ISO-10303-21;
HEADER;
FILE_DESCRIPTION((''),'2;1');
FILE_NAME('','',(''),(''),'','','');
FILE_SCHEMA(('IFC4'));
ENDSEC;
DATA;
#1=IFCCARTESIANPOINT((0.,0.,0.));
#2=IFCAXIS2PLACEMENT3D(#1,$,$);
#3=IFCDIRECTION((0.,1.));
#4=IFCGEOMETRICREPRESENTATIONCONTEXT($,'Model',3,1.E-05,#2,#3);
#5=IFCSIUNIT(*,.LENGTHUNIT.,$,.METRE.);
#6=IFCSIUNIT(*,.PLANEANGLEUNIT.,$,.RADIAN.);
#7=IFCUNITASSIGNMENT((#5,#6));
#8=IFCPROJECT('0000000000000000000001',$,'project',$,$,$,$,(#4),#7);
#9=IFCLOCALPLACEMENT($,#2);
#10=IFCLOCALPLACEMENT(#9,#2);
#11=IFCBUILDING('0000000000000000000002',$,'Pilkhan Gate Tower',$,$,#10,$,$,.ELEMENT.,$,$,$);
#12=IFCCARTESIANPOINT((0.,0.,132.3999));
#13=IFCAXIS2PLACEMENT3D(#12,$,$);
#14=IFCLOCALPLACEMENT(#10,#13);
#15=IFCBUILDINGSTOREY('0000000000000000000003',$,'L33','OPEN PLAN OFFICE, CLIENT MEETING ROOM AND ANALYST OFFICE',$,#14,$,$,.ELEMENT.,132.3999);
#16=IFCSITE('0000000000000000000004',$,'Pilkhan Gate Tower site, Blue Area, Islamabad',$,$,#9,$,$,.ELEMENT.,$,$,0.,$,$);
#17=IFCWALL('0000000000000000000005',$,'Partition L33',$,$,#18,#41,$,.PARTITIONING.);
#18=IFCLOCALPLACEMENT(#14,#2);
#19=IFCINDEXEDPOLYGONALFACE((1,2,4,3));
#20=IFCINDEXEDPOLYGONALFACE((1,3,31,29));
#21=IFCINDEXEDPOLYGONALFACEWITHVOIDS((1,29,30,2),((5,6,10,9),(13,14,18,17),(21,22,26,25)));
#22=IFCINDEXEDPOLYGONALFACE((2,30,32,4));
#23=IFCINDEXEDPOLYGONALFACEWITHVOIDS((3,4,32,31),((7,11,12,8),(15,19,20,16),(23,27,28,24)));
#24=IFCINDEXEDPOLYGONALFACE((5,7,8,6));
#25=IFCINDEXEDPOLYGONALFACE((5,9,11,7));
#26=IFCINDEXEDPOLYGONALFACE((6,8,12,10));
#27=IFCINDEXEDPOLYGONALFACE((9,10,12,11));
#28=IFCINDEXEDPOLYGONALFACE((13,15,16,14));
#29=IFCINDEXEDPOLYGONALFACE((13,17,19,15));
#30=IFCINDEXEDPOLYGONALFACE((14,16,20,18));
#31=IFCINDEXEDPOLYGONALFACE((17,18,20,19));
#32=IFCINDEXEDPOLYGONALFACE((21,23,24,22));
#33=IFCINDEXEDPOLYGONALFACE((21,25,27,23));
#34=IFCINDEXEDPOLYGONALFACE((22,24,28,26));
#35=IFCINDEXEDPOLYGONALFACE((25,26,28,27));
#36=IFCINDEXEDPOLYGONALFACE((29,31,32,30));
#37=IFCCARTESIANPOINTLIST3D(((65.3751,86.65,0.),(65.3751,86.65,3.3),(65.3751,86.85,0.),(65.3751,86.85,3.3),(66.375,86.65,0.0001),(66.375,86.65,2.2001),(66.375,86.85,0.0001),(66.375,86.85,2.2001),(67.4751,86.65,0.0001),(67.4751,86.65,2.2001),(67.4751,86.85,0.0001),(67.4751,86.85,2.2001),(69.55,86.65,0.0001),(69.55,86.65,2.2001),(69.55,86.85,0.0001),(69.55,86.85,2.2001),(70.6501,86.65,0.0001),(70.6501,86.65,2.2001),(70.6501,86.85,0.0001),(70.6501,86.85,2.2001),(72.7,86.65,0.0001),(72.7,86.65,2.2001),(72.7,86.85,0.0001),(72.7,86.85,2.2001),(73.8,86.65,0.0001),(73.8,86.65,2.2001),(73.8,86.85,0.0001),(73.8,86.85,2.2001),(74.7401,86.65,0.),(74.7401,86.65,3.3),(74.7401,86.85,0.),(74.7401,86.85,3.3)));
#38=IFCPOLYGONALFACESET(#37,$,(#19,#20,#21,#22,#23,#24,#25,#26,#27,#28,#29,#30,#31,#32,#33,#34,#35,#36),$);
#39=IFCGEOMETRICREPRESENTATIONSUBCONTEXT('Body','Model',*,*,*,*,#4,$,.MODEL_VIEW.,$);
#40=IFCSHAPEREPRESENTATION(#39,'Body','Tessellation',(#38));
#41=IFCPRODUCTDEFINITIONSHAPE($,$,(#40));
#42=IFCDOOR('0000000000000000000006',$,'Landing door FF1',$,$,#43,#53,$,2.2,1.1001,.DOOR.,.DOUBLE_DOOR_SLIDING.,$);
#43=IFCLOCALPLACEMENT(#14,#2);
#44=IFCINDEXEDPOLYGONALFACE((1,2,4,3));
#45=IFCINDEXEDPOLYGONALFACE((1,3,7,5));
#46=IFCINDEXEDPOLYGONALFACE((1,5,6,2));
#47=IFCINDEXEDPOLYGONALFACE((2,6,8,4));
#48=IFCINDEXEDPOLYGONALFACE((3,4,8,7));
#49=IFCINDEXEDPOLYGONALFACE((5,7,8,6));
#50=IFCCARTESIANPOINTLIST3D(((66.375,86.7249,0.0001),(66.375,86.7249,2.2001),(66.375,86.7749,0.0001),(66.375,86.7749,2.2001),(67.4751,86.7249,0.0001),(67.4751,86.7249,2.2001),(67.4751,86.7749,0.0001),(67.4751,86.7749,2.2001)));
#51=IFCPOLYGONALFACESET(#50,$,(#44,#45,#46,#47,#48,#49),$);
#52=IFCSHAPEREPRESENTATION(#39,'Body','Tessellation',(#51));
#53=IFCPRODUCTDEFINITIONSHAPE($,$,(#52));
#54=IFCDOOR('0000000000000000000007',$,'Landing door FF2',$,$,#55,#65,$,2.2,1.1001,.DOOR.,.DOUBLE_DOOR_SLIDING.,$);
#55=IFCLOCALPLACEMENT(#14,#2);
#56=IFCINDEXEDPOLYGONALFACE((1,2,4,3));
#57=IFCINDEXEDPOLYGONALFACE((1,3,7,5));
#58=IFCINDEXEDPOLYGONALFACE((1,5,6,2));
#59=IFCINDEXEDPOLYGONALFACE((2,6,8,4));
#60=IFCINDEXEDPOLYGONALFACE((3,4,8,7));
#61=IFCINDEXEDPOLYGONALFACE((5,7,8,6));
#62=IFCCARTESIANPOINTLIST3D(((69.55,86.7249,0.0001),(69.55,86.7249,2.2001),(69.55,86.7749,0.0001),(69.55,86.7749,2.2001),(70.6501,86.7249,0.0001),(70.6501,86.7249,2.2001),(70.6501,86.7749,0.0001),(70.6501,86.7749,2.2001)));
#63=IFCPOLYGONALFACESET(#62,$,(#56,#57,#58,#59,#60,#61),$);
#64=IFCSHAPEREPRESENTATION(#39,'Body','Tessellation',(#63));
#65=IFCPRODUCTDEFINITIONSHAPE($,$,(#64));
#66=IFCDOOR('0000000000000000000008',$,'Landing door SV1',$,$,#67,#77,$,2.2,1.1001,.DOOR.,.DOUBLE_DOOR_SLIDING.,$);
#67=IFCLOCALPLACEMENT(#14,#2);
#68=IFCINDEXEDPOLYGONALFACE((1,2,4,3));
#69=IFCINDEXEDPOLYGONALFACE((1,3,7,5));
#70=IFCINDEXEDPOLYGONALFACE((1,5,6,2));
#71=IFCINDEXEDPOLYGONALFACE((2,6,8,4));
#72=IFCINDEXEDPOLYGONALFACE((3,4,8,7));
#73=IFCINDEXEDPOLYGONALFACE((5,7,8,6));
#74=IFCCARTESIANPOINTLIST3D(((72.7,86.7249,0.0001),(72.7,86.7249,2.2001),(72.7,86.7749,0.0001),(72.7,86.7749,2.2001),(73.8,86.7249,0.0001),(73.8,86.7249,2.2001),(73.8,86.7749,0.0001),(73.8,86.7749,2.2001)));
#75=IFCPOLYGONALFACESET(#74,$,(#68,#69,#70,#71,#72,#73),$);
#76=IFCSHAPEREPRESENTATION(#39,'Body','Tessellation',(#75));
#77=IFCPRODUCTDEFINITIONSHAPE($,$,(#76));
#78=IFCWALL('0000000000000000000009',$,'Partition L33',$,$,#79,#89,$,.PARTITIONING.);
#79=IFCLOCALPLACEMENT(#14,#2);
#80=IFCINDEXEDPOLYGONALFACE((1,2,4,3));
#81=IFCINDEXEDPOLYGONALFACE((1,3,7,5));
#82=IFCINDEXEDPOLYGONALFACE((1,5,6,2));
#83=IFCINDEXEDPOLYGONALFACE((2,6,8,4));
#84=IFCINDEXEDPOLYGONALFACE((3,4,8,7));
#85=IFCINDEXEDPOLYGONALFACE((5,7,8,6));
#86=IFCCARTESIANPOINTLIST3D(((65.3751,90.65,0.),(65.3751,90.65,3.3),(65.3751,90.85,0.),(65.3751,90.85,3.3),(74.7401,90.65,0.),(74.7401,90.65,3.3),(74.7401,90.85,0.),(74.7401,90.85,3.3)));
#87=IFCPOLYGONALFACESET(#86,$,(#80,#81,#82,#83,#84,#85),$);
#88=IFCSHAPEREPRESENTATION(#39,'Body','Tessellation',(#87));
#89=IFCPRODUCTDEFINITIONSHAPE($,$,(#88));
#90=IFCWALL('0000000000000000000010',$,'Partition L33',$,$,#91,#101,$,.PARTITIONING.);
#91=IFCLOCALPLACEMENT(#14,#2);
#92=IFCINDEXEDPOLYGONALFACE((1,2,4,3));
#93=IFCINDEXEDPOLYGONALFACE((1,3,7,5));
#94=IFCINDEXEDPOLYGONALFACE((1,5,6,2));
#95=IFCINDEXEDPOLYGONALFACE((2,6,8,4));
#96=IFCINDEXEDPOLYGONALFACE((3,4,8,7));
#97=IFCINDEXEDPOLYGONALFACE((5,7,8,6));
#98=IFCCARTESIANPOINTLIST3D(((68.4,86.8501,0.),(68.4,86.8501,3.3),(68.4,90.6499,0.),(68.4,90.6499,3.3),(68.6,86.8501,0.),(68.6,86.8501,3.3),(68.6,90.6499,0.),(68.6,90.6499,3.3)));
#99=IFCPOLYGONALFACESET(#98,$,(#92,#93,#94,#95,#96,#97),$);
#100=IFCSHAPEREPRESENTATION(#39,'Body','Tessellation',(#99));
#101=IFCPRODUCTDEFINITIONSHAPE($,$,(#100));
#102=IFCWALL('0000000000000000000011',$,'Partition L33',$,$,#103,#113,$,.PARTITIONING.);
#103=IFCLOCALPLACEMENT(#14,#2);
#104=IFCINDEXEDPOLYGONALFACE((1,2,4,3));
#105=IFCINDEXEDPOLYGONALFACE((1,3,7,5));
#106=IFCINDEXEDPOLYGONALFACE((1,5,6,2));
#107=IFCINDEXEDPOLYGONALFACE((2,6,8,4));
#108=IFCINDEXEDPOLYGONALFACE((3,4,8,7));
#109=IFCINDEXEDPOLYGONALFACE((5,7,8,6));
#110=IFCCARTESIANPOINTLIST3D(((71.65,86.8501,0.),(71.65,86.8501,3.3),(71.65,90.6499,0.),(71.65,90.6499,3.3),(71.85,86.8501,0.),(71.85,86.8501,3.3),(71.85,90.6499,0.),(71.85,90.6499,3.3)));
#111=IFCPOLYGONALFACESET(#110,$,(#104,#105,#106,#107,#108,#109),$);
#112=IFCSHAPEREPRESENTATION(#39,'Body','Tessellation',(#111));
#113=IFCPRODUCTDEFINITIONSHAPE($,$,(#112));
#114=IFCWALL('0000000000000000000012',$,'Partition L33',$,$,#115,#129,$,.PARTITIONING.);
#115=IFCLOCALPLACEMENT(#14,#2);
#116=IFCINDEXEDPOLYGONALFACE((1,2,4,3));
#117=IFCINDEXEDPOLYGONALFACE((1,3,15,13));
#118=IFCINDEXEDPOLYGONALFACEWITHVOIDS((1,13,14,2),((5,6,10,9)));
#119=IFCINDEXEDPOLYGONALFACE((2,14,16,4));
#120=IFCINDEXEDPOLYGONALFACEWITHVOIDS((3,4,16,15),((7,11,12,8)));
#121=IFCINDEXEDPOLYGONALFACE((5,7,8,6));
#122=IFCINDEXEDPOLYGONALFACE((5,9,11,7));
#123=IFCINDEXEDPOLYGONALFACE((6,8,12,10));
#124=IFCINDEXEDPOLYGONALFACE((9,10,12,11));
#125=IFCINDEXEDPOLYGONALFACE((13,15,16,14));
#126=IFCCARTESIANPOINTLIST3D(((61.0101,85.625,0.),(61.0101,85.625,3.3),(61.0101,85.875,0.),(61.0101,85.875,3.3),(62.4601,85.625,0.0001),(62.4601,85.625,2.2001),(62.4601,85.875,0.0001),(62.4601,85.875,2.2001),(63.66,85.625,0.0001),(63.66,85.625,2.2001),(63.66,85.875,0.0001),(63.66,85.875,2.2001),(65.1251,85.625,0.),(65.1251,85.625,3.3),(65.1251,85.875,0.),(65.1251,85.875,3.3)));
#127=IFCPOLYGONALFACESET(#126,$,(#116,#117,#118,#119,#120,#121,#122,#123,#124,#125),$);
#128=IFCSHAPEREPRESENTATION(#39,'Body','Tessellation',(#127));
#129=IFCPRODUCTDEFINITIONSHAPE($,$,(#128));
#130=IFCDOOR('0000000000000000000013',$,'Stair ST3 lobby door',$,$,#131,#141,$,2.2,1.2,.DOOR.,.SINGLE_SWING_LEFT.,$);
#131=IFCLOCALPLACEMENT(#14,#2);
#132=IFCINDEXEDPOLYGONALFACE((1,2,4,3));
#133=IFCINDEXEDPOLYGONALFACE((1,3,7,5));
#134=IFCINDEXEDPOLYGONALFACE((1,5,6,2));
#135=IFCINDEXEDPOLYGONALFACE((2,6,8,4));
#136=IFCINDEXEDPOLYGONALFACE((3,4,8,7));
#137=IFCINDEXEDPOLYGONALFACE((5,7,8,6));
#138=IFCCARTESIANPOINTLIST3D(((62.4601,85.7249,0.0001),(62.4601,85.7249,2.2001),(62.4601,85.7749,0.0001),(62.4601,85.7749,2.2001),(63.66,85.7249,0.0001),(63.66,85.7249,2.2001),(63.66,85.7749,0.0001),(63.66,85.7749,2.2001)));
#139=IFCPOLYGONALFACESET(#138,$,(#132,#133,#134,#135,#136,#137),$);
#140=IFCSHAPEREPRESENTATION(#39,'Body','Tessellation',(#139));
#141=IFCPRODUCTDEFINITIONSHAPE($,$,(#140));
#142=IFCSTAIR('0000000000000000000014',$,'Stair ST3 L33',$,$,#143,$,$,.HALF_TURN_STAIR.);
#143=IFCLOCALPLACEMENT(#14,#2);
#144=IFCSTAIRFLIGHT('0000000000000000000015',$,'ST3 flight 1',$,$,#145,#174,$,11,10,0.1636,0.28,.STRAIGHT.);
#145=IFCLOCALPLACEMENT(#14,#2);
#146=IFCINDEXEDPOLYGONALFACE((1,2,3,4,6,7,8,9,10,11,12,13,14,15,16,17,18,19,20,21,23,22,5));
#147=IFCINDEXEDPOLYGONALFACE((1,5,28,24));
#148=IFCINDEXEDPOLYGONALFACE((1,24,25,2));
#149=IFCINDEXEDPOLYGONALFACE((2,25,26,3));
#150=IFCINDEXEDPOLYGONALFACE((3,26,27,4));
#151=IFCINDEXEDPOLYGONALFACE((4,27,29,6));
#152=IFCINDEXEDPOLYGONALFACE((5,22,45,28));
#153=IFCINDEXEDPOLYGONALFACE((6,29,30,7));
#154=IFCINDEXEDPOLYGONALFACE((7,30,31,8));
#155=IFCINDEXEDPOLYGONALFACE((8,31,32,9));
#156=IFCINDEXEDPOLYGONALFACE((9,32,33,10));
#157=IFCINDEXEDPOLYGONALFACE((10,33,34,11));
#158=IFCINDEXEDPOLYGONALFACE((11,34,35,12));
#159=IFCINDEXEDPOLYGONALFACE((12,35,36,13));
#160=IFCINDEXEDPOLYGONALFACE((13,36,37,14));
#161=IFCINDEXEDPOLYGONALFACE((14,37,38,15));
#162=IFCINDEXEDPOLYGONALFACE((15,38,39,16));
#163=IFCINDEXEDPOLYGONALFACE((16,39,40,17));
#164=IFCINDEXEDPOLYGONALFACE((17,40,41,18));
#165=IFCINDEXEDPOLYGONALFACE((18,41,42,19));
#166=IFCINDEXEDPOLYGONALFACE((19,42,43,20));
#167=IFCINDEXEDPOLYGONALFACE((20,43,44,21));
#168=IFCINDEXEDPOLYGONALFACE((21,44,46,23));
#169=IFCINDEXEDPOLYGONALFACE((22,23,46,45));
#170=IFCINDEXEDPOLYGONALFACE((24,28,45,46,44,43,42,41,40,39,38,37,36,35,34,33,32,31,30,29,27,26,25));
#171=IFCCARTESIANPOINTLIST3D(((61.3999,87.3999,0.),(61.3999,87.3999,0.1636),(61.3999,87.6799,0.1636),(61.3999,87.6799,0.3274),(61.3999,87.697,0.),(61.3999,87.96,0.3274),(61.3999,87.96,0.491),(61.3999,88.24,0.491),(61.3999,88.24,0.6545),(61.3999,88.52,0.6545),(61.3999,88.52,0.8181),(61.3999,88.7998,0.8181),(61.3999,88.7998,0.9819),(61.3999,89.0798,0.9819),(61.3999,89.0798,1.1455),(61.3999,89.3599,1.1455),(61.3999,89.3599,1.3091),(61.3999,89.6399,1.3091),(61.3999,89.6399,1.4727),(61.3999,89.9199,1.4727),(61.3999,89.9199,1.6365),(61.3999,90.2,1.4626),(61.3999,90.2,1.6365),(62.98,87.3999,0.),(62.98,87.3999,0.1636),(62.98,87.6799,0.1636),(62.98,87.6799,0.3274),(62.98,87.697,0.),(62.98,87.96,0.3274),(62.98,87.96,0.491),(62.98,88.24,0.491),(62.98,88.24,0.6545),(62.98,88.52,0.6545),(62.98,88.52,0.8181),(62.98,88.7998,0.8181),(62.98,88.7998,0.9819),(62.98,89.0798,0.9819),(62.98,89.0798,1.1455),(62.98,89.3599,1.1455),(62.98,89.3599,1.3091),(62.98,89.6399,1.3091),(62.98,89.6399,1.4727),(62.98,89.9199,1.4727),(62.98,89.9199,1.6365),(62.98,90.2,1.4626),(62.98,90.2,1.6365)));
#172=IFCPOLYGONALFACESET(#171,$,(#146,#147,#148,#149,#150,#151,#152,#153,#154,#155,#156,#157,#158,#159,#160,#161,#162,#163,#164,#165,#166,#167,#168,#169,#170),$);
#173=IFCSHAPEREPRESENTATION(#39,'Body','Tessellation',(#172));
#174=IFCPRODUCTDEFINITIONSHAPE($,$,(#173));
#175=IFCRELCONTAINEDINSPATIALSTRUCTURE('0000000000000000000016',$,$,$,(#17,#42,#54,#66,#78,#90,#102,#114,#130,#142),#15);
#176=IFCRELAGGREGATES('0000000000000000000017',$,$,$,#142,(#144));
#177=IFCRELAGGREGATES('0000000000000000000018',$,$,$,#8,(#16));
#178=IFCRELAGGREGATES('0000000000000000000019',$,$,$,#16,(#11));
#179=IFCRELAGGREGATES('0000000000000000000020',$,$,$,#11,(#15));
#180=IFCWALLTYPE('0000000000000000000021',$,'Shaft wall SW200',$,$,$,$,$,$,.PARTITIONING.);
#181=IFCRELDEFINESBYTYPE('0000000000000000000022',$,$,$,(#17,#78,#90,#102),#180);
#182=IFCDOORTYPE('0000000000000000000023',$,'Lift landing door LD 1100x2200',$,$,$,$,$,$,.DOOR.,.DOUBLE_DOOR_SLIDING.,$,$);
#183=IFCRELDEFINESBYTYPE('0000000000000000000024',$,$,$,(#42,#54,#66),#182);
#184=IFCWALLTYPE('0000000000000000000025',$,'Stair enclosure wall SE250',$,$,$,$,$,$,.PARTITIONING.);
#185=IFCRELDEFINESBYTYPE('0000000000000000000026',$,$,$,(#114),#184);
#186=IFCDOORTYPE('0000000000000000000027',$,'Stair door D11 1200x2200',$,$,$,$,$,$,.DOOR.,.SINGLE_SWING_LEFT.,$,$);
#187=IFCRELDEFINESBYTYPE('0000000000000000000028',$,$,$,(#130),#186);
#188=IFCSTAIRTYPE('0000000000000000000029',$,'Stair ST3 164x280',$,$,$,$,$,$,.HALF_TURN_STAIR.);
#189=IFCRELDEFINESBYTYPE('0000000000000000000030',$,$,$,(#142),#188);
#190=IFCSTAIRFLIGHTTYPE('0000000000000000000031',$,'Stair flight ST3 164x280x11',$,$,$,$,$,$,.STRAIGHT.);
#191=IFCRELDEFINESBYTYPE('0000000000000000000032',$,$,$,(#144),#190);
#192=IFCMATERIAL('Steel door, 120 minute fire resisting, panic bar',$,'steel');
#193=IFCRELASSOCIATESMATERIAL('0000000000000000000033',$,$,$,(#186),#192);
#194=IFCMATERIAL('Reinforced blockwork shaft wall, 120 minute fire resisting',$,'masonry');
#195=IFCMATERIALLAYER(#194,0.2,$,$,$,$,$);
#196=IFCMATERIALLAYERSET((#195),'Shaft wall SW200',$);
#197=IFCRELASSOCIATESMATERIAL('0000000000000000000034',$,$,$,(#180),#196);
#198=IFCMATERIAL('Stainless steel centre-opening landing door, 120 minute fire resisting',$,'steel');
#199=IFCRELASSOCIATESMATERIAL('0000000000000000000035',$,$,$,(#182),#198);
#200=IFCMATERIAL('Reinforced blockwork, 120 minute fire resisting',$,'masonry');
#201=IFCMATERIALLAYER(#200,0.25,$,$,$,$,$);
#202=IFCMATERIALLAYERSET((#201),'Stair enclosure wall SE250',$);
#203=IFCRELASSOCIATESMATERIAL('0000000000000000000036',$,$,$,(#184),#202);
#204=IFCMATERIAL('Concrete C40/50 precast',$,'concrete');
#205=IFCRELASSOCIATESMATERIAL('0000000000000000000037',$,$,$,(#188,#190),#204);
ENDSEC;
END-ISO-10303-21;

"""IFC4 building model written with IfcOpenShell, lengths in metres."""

from ifc_helpers import new_model, si_unit, direction, frame, frame_2d, origin, place, context, subcontext, project, spatial, polyline, rectangle, outline, extrude, material, layer, layer_set, type_object, element, fill, aggregate, save


model = new_model("IFC4")

# Units and contexts
model_context = context("Model", 3, precision=1e-05, world=origin(), true_north=direction((0.0, 1.0)))
body_context = subcontext(model_context, "Body", "Model", "MODEL_VIEW")
ifc_project = project(units=[si_unit("LENGTHUNIT", "METRE"), si_unit("PLANEANGLEUNIT", "RADIAN")], contexts=[model_context])

# Site, building, storey
site_placement = place(None, origin())
site = spatial("IfcSite", under=ifc_project, at=site_placement, Name="Pilkhan Gate Tower site, Blue Area, Islamabad", CompositionType="ELEMENT", RefElevation=0.0)
building_placement = place(site_placement, origin())
building = spatial("IfcBuilding", under=site, at=building_placement, Name="Pilkhan Gate Tower", CompositionType="ELEMENT")
storey_placement = place(building_placement, frame((0.0, 0.0, 132.3999)))
storey = spatial("IfcBuildingStorey", under=building, at=storey_placement, Name="L33", Description="OPEN PLAN OFFICE, CLIENT MEETING ROOM AND ANALYST OFFICE", CompositionType="ELEMENT", Elevation=132.3999)

# Wall, openings, doors
ifc_material_1 = material(Name="Steel door, 120 minute fire resisting, panic bar", Category="steel")
door_type_1 = type_object("IfcDoorType", Name="Stair door D11 1200x2200", OperationType="SINGLE_SWING_LEFT", PredefinedType="DOOR", material=ifc_material_1)
ifc_material_2 = material(Name="Reinforced blockwork shaft wall, 120 minute fire resisting", Category="masonry")
ifc_layer_1 = layer(ifc_material_2, 0.2)
ifc_layer_set_1 = layer_set([ifc_layer_1], Name="Shaft wall SW200")
wall_type_1 = type_object("IfcWallType", Name="Shaft wall SW200", PredefinedType="PARTITIONING", material=ifc_layer_set_1)
wall_1_placement = place(storey_placement, frame((65.375, 86.75, 0.0), z_axis=(0.0, 0.0, 1.0), x_axis=(1.0, 0.0, 0.0)))
wall_1 = element("IfcWall", 1, at=wall_1_placement, inside=storey, type_object=wall_type_1, Name="Partition L33", PredefinedType="PARTITIONING", context=body_context, shape_type="SweptSolid", body=[
    extrude(rectangle(XDim=9.365, YDim=0.2, at=frame_2d((4.6826, 0.0))), origin(), (0.0, 0.0, 1.0), 3.3),
])
opening_1_placement = place(wall_1_placement, frame((1.0, 0.0, 0.0)))
opening_1 = element("IfcOpeningElement", 2, at=opening_1_placement, cuts=wall_1, PredefinedType="OPENING", context=body_context, shape_type="SweptSolid", body=[
    extrude(rectangle(XDim=1.1001, YDim=2.2, at=frame_2d((0.55, 1.1001))), frame((0.0, 0.1099, 0.0), z_axis=(0.0, -1.0, 0.0), x_axis=(1.0, 0.0, 0.0)), (0.0, 0.0, 1.0), 0.22),
])
opening_2_placement = place(wall_1_placement, frame((4.175, 0.0, 0.0)))
opening_2 = element("IfcOpeningElement", 3, at=opening_2_placement, cuts=wall_1, PredefinedType="OPENING", context=body_context, shape_type="SweptSolid", body=[
    extrude(rectangle(XDim=1.1001, YDim=2.2, at=frame_2d((0.55, 1.1001))), frame((0.0, 0.1099, 0.0), z_axis=(0.0, -1.0, 0.0), x_axis=(1.0, 0.0, 0.0)), (0.0, 0.0, 1.0), 0.22),
])
opening_3_placement = place(wall_1_placement, frame((7.325, 0.0, 0.0)))
opening_3 = element("IfcOpeningElement", 4, at=opening_3_placement, cuts=wall_1, PredefinedType="OPENING", context=body_context, shape_type="SweptSolid", body=[
    extrude(rectangle(XDim=1.1001, YDim=2.2, at=frame_2d((0.55, 1.1001))), frame((0.0, 0.1099, 0.0), z_axis=(0.0, -1.0, 0.0), x_axis=(1.0, 0.0, 0.0)), (0.0, 0.0, 1.0), 0.22),
])
ifc_material_3 = material(Name="Stainless steel centre-opening landing door, 120 minute fire resisting", Category="steel")
door_type_2 = type_object("IfcDoorType", Name="Lift landing door LD 1100x2200", OperationType="DOUBLE_DOOR_SLIDING", PredefinedType="DOOR", material=ifc_material_3)
door_1_placement = place(opening_1_placement, origin())
door_1 = element("IfcDoor", 5, at=door_1_placement, inside=storey, type_object=door_type_2, Name="Landing door FF1", OperationType="DOUBLE_DOOR_SLIDING", OverallHeight=2.2, OverallWidth=1.1001, PredefinedType="DOOR", context=body_context, shape_type="SweptSolid", body=[
    extrude(rectangle(XDim=1.1001, YDim=2.2, at=frame_2d((0.55, 1.1001))), frame((0.0, 0.0249, 0.0), z_axis=(0.0, -1.0, 0.0), x_axis=(1.0, 0.0, 0.0)), (0.0, 0.0, 1.0), 0.05),
])
fill(opening_1, door_1)
door_2_placement = place(opening_2_placement, origin())
door_2 = element("IfcDoor", 6, at=door_2_placement, inside=storey, type_object=door_type_2, Name="Landing door FF2", OperationType="DOUBLE_DOOR_SLIDING", OverallHeight=2.2, OverallWidth=1.1001, PredefinedType="DOOR", context=body_context, shape_type="SweptSolid", body=[
    extrude(rectangle(XDim=1.1001, YDim=2.2, at=frame_2d((0.55, 1.1001))), frame((0.0, 0.0249, 0.0), z_axis=(0.0, -1.0, 0.0), x_axis=(1.0, 0.0, 0.0)), (0.0, 0.0, 1.0), 0.05),
])
fill(opening_2, door_2)
door_3_placement = place(opening_3_placement, origin())
door_3 = element("IfcDoor", 7, at=door_3_placement, inside=storey, type_object=door_type_2, Name="Landing door SV1", OperationType="DOUBLE_DOOR_SLIDING", OverallHeight=2.2, OverallWidth=1.1001, PredefinedType="DOOR", context=body_context, shape_type="SweptSolid", body=[
    extrude(rectangle(XDim=1.1001, YDim=2.2, at=frame_2d((0.55, 1.1001))), frame((0.0, 0.0249, 0.0), z_axis=(0.0, -1.0, 0.0), x_axis=(1.0, 0.0, 0.0)), (0.0, 0.0, 1.0), 0.05),
])
fill(opening_3, door_3)

# Walls
wall_2_placement = place(storey_placement, frame((65.375, 90.75, 0.0), z_axis=(0.0, 0.0, 1.0), x_axis=(1.0, 0.0, 0.0)))
element("IfcWall", 8, at=wall_2_placement, inside=storey, type_object=wall_type_1, Name="Partition L33", PredefinedType="PARTITIONING", context=body_context, shape_type="SweptSolid", body=[
    extrude(rectangle(XDim=9.365, YDim=0.2, at=frame_2d((4.6826, 0.0))), origin(), (0.0, 0.0, 1.0), 3.3),
])
for number, where, z_axis, x_axis, name in (
    (9, (68.5, 86.8501, 0.0), (0.0, 0.0, 1.0), (0.0, 1.0, 0.0), "Partition L33"),
    (10, (71.75, 86.8501, 0.0), (0.0, 0.0, 1.0), (0.0, 1.0, 0.0), "Partition L33"),
):
    element("IfcWall", number, at=place(storey_placement, frame(where, z_axis=z_axis, x_axis=x_axis)), inside=storey, type_object=wall_type_1, Name=name, PredefinedType="PARTITIONING", context=body_context, shape_type="SweptSolid", body=[
        extrude(rectangle(XDim=3.7998, YDim=0.2, at=frame_2d((1.8999, 0.0))), origin(), (0.0, 0.0, 1.0), 3.3),
    ])

# Wall, opening, door
ifc_material_4 = material(Name="Reinforced blockwork, 120 minute fire resisting", Category="masonry")
ifc_layer_2 = layer(ifc_material_4, 0.25)
ifc_layer_set_2 = layer_set([ifc_layer_2], Name="Stair enclosure wall SE250")
wall_type_2 = type_object("IfcWallType", Name="Stair enclosure wall SE250", PredefinedType="PARTITIONING", material=ifc_layer_set_2)
wall_3_placement = place(storey_placement, frame((61.01, 85.75, 0.0), z_axis=(0.0, 0.0, 1.0), x_axis=(1.0, 0.0, 0.0)))
wall_3 = element("IfcWall", 11, at=wall_3_placement, inside=storey, type_object=wall_type_2, Name="Partition L33", PredefinedType="PARTITIONING", context=body_context, shape_type="SweptSolid", body=[
    extrude(rectangle(XDim=4.115, YDim=0.25, at=frame_2d((2.0576, 0.0))), origin(), (0.0, 0.0, 1.0), 3.3),
])
opening_4_placement = place(wall_3_placement, frame((1.45, 0.0, 0.0)))
opening_4 = element("IfcOpeningElement", 12, at=opening_4_placement, cuts=wall_3, PredefinedType="OPENING", context=body_context, shape_type="SweptSolid", body=[
    extrude(rectangle(XDim=1.2, YDim=2.2, at=frame_2d((0.6001, 1.1001))), frame((0.0, 0.135, 0.0), z_axis=(0.0, -1.0, 0.0), x_axis=(1.0, 0.0, 0.0)), (0.0, 0.0, 1.0), 0.27),
])
door_4_placement = place(opening_4_placement, origin())
door_4 = element("IfcDoor", 13, at=door_4_placement, inside=storey, type_object=door_type_1, Name="Stair ST3 lobby door", OperationType="SINGLE_SWING_LEFT", OverallHeight=2.2, OverallWidth=1.2, PredefinedType="DOOR", context=body_context, shape_type="SweptSolid", body=[
    extrude(rectangle(XDim=1.2, YDim=2.2, at=frame_2d((0.6001, 1.1001))), frame((0.0, 0.0249, 0.0), z_axis=(0.0, -1.0, 0.0), x_axis=(1.0, 0.0, 0.0)), (0.0, 0.0, 1.0), 0.05),
])
fill(opening_4, door_4)

# Stair, stair flight
ifc_material_5 = material(Name="Concrete C40/50 precast", Category="concrete")
stair_type = type_object("IfcStairType", Name="Stair ST3 164x280", PredefinedType="HALF_TURN_STAIR", material=ifc_material_5)
stair_placement = place(storey_placement, origin())
stair = element("IfcStair", 14, at=stair_placement, inside=storey, type_object=stair_type, Name="Stair ST3 L33", PredefinedType="HALF_TURN_STAIR")
stair_flight_type = type_object("IfcStairFlightType", Name="Stair flight ST3 164x280x11", PredefinedType="STRAIGHT", material=ifc_material_5)
stair_flight_1_placement = place(storey_placement, frame((62.1899, 87.3999, 0.0), z_axis=(0.0, 0.0, 1.0), x_axis=(0.0, 1.0, 0.0)))
stair_flight_1 = element("IfcStairFlight", 15, at=stair_flight_1_placement, type_object=stair_flight_type, Name="ST3 flight 1", NumberOfRisers=11, NumberOfTreads=10, PredefinedType="STRAIGHT", RiserHeight=0.1636, TreadLength=0.28, context=body_context, shape_type="SweptSolid", body=[
    extrude(outline(polyline([(0.0, 0.0), (0.0, 0.1636), (0.28, 0.1636), (0.28, 0.3274), (0.5601, 0.3274), (0.5601, 0.491), (0.8401, 0.491), (0.8401, 0.6545), (1.1201, 0.6545), (1.1201, 0.8181), (1.3999, 0.8181), (1.3999, 0.9819), (1.6799, 0.9819), (1.6799, 1.1455), (1.96, 1.1455), (1.96, 1.3091), (2.24, 1.3091), (2.24, 1.4727), (2.52, 1.4727), (2.52, 1.6365), (2.8, 1.6365), (2.8, 1.8), (2.8, 1.4626), (0.2971, 0.0), (0.0, 0.0)])), frame((0.0, 0.79, 0.0), z_axis=(0.0, -1.0, 0.0), x_axis=(1.0, 0.0, 0.0)), (0.0, 0.0, 1.0), 1.5801),
])
aggregate(stair, [stair_flight_1])

save(model, "model.ifc")
